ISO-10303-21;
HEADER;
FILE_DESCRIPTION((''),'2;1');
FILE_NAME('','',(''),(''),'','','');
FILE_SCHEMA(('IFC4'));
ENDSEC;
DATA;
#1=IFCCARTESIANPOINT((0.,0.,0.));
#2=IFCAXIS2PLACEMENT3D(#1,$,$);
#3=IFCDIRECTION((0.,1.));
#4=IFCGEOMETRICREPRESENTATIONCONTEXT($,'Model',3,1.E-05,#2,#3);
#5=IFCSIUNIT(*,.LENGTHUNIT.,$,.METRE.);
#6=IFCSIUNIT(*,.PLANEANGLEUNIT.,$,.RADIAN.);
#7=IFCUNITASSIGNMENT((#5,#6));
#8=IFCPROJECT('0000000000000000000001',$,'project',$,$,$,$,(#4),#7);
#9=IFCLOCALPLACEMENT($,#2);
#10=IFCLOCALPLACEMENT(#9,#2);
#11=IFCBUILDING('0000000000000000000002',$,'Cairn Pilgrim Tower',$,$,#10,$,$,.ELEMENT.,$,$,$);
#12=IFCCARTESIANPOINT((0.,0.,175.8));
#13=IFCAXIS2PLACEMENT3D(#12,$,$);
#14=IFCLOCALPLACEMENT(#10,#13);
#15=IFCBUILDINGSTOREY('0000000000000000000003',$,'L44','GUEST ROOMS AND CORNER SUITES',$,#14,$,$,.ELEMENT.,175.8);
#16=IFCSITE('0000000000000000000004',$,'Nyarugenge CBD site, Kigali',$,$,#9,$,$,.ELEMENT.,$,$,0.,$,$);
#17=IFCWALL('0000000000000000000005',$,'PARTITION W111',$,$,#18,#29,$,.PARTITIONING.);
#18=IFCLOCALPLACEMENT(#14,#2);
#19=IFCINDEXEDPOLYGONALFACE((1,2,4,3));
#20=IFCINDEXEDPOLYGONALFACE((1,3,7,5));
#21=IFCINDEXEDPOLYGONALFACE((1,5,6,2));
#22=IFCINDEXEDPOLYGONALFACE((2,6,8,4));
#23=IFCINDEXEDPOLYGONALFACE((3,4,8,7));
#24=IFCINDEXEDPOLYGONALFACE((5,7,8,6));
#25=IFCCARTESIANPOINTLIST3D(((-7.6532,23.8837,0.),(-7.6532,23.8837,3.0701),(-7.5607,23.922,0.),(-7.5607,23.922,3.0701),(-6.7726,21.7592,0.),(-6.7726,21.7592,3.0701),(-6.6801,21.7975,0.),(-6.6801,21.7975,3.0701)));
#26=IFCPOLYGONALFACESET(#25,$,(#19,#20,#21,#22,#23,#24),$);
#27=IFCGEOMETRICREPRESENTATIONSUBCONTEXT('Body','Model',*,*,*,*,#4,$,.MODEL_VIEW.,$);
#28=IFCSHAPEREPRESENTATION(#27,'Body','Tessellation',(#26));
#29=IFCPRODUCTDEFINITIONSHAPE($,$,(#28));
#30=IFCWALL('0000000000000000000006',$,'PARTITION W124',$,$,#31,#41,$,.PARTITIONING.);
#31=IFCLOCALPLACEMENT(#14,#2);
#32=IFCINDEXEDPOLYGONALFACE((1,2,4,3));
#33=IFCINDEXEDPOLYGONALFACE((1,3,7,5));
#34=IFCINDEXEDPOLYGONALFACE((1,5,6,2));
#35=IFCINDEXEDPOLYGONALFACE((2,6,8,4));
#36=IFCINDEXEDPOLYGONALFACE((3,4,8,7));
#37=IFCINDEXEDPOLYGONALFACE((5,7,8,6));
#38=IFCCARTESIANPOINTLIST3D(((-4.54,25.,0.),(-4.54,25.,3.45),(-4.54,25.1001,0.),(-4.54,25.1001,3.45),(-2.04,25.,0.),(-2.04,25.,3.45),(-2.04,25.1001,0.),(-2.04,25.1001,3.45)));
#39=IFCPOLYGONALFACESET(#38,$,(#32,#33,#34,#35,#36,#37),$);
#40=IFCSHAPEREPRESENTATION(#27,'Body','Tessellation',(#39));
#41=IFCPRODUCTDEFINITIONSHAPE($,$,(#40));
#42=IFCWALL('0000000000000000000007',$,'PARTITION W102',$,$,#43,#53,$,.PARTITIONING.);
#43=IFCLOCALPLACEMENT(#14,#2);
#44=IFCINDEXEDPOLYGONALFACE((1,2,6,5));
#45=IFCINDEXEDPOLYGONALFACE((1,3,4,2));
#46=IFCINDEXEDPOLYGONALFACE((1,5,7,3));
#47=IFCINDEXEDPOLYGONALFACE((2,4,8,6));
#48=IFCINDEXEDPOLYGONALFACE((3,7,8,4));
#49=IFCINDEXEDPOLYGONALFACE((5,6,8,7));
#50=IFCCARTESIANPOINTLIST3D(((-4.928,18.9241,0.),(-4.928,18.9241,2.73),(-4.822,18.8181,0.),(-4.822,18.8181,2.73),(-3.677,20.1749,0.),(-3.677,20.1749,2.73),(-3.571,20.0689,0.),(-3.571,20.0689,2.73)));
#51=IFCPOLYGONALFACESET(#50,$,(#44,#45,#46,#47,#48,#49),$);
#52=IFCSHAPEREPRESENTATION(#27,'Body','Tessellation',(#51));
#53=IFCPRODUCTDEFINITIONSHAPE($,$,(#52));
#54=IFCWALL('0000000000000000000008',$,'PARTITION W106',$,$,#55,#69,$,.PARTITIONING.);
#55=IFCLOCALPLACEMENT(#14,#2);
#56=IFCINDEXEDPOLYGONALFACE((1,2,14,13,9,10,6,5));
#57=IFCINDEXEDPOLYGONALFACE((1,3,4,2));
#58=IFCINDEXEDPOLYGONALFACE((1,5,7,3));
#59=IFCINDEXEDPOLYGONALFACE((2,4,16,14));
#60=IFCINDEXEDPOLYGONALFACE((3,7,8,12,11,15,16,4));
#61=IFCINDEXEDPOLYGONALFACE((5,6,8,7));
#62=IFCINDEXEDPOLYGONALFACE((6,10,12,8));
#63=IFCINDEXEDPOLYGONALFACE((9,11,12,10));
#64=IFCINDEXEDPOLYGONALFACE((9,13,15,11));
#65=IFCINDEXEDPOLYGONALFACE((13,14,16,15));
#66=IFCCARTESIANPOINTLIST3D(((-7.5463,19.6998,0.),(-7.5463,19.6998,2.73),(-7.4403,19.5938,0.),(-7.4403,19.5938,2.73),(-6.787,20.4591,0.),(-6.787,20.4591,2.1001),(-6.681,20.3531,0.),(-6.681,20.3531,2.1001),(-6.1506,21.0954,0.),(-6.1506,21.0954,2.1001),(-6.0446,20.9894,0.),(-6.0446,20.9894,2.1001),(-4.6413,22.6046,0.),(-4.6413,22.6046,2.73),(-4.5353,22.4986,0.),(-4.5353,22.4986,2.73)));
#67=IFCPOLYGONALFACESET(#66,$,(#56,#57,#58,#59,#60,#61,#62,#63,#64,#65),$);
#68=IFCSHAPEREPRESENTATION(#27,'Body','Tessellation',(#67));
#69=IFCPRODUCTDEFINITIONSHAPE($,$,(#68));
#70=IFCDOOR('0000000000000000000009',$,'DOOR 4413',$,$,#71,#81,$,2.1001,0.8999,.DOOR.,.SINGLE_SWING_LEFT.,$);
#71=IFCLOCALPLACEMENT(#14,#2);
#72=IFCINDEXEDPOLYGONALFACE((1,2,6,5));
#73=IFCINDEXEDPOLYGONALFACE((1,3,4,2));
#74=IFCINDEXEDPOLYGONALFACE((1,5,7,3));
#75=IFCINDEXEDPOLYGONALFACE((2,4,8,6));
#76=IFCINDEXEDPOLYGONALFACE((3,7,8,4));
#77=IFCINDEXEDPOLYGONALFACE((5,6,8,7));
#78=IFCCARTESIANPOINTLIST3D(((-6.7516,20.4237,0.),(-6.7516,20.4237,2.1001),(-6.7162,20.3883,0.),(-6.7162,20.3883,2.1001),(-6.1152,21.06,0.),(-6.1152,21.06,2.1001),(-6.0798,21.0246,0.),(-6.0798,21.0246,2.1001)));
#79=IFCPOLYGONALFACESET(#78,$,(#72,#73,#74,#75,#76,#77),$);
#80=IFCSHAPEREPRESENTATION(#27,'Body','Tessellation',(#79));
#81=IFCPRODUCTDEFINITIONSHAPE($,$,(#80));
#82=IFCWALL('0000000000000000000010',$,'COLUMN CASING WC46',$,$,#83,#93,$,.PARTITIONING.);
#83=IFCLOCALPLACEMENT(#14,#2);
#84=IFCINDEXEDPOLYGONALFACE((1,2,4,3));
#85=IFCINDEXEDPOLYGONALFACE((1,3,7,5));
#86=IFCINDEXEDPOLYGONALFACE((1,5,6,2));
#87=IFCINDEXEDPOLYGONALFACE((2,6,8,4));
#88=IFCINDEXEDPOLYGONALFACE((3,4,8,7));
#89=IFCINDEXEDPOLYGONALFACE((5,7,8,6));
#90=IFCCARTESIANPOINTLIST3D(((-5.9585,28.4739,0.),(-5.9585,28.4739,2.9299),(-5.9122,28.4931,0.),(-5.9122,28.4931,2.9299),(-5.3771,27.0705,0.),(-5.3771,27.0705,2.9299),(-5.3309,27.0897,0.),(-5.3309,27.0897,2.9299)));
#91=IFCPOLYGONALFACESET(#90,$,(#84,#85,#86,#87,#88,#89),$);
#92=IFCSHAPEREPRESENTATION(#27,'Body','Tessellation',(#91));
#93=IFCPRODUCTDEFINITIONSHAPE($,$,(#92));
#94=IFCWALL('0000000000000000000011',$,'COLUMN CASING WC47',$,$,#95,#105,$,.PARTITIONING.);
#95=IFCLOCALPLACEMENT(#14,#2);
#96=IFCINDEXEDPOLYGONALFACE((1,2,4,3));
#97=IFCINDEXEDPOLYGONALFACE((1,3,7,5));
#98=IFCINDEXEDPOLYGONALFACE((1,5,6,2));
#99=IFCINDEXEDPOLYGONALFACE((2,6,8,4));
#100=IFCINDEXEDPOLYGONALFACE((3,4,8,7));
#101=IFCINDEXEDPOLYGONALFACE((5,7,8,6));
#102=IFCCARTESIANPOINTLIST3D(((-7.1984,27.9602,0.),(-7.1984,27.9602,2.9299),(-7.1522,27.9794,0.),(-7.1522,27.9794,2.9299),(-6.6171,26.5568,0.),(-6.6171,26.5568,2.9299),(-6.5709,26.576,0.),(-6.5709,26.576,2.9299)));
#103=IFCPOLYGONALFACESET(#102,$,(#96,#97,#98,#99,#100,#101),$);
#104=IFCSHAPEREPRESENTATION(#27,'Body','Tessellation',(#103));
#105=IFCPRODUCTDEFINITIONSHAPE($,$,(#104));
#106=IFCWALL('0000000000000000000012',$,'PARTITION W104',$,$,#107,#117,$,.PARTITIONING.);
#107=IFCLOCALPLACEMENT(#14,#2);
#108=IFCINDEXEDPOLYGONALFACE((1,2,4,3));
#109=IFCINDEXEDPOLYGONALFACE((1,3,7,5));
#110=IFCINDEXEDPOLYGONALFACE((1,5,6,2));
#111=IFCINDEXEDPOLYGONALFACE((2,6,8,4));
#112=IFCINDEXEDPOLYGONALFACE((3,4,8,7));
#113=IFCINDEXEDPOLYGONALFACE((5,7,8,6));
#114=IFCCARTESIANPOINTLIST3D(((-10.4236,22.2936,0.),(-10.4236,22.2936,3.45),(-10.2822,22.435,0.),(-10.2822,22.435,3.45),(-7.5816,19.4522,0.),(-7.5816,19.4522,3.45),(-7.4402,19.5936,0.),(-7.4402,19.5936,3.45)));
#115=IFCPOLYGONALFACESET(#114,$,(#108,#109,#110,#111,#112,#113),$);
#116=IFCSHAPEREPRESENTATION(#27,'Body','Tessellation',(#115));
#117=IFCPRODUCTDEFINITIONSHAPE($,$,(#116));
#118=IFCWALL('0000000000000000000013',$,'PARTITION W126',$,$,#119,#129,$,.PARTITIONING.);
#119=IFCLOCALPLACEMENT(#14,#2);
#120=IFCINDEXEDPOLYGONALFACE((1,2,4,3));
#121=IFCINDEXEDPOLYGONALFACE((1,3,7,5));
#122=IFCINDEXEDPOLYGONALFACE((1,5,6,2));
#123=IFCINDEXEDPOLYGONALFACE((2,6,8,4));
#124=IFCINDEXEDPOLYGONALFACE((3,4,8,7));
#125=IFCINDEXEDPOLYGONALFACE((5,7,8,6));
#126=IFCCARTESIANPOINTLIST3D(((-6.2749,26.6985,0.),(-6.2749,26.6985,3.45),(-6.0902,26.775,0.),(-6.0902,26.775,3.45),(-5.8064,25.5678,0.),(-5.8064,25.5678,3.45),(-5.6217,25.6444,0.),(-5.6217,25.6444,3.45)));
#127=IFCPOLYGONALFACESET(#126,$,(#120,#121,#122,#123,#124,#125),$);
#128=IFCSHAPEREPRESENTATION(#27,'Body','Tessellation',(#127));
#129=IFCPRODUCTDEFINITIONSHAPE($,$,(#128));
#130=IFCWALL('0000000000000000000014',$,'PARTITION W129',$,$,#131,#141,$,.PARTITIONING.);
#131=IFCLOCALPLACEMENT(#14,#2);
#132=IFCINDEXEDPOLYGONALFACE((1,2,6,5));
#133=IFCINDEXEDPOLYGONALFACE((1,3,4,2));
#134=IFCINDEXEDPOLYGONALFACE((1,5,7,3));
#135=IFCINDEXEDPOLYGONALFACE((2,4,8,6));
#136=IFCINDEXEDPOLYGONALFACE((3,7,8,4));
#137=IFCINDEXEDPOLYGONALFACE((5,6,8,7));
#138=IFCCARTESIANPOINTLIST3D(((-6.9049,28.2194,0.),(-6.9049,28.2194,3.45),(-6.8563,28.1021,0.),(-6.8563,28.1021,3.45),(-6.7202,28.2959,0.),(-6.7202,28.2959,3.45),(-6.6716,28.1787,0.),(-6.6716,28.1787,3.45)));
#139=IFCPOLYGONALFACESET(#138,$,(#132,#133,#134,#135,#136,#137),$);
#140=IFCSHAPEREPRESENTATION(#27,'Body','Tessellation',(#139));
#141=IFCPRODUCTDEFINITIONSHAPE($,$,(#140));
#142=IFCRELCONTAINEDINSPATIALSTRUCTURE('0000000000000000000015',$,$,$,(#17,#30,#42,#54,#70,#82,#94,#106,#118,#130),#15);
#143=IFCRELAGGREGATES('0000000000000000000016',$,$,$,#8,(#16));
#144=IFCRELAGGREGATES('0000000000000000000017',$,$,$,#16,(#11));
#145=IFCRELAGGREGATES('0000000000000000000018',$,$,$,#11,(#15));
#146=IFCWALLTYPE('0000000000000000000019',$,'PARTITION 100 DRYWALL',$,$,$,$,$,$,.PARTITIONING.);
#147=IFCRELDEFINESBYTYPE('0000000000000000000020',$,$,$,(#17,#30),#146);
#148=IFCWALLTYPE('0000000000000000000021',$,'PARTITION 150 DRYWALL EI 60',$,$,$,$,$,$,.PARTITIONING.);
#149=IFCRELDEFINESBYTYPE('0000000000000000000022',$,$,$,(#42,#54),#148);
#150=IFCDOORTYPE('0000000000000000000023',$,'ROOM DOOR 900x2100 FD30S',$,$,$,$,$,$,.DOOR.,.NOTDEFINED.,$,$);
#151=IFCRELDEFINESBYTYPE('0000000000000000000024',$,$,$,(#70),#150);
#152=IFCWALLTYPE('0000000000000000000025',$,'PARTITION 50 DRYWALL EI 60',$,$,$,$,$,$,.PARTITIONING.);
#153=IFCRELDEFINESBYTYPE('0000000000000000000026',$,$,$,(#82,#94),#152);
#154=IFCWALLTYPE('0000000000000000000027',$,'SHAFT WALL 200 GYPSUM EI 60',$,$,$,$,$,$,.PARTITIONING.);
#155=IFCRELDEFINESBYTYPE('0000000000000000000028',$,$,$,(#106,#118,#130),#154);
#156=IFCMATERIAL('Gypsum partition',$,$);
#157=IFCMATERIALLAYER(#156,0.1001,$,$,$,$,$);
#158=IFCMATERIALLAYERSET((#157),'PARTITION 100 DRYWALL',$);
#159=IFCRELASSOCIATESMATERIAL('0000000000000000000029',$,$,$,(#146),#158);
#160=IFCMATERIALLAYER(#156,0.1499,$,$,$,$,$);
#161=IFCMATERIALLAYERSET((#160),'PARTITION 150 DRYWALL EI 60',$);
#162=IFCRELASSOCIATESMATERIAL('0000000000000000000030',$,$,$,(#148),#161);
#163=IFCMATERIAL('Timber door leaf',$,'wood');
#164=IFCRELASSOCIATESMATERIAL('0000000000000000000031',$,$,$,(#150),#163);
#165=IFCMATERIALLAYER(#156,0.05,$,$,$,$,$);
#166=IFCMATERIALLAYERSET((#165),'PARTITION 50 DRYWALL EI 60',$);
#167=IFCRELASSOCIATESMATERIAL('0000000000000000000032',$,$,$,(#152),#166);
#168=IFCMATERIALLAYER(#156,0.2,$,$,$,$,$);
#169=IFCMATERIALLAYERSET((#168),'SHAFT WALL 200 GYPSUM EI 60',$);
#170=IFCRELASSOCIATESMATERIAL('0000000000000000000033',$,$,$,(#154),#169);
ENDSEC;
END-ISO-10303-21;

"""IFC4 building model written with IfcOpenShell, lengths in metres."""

from ifc_helpers import new_model, si_unit, direction, frame, frame_2d, origin, place, context, subcontext, project, spatial, rectangle, extrude, material, layer, layer_set, type_object, element, fill, save


model = new_model("IFC4")

# Units and contexts
model_context = context("Model", 3, precision=1e-05, world=origin(), true_north=direction((0.0, 1.0)))
body_context = subcontext(model_context, "Body", "Model", "MODEL_VIEW")
ifc_project = project(units=[si_unit("LENGTHUNIT", "METRE"), si_unit("PLANEANGLEUNIT", "RADIAN")], contexts=[model_context])

# Site, building, storey
site_placement = place(None, origin())
site = spatial("IfcSite", under=ifc_project, at=site_placement, Name="Nyarugenge CBD site, Kigali", CompositionType="ELEMENT", RefElevation=0.0)
building_placement = place(site_placement, origin())
building = spatial("IfcBuilding", under=site, at=building_placement, Name="Cairn Pilgrim Tower", CompositionType="ELEMENT")
storey_placement = place(building_placement, frame((0.0, 0.0, 175.8)))
storey = spatial("IfcBuildingStorey", under=building, at=storey_placement, Name="L44", Description="GUEST ROOMS AND CORNER SUITES", CompositionType="ELEMENT", Elevation=175.8)

# Walls
ifc_material_1 = material(Name="Gypsum partition")
ifc_layer_1 = layer(ifc_material_1, 0.1001)
ifc_layer_set_1 = layer_set([ifc_layer_1], Name="PARTITION 100 DRYWALL")
wall_type_1 = type_object("IfcWallType", Name="PARTITION 100 DRYWALL", PredefinedType="PARTITIONING", material=ifc_layer_set_1)
wall_1_placement = place(storey_placement, frame((-6.7263, 21.7783, 0.0), z_axis=(0.0, 0.0, 1.0), x_axis=(-0.382911, 0.923785, 0.0)))
element("IfcWall", 1, at=wall_1_placement, inside=storey, type_object=wall_type_1, Name="PARTITION W111", PredefinedType="PARTITIONING", context=body_context, shape_type="SweptSolid", body=[
    extrude(rectangle(XDim=2.2998, YDim=0.1001, at=frame_2d((1.1499, 0.0))), origin(), (0.0, 0.0, 1.0), 3.0701),
])
wall_2_placement = place(storey_placement, frame((-4.54, 25.05, 0.0), z_axis=(0.0, 0.0, 1.0), x_axis=(1.0, 0.0, 0.0)))
element("IfcWall", 2, at=wall_2_placement, inside=storey, type_object=wall_type_1, Name="PARTITION W124", PredefinedType="PARTITIONING", context=body_context, shape_type="SweptSolid", body=[
    extrude(rectangle(XDim=2.5, YDim=0.1001, at=frame_2d((1.25, 0.0))), origin(), (0.0, 0.0, 1.0), 3.45),
])
ifc_layer_2 = layer(ifc_material_1, 0.1499)
ifc_layer_set_2 = layer_set([ifc_layer_2], Name="PARTITION 150 DRYWALL EI 60")
wall_type_2 = type_object("IfcWallType", Name="PARTITION 150 DRYWALL EI 60", PredefinedType="PARTITIONING", material=ifc_layer_set_2)
wall_3_placement = place(storey_placement, frame((-4.875, 18.8711, 0.0), z_axis=(0.0, 0.0, 1.0), x_axis=(0.707176, 0.707038, 0.0)))
element("IfcWall", 3, at=wall_3_placement, inside=storey, type_object=wall_type_2, Name="PARTITION W102", PredefinedType="PARTITIONING", context=body_context, shape_type="SweptSolid", body=[
    extrude(rectangle(XDim=1.769, YDim=0.1499, at=frame_2d((0.8845, 0.0))), origin(), (0.0, 0.0, 1.0), 2.73),
])

# Wall, opening, door
wall_4_placement = place(storey_placement, frame((-7.4934, 19.6467, 0.0), z_axis=(0.0, 0.0, 1.0), x_axis=(0.707136, 0.707077, 0.0)))
wall_4 = element("IfcWall", 4, at=wall_4_placement, inside=storey, type_object=wall_type_2, Name="PARTITION W106", PredefinedType="PARTITIONING", context=body_context, shape_type="SweptSolid", body=[
    extrude(rectangle(XDim=4.1082, YDim=0.1499, at=frame_2d((2.0542, 0.0))), origin(), (0.0, 0.0, 1.0), 2.73),
])
opening_1_placement = place(wall_4_placement, frame((1.074, 0.0, 0.0)))
opening_1 = element("IfcOpeningElement", 5, at=opening_1_placement, cuts=wall_4, PredefinedType="OPENING", context=body_context, shape_type="SweptSolid", body=[
    extrude(rectangle(XDim=0.8999, YDim=2.1001, at=frame_2d((0.45, 1.05))), frame((0.0, 0.085, 0.0), z_axis=(0.0, -1.0, 0.0), x_axis=(1.0, 0.0, 0.0)), (0.0, 0.0, 1.0), 0.1699),
])
ifc_material_2 = material(Name="Timber door leaf", Category="wood")
door_type_1 = type_object("IfcDoorType", Name="ROOM DOOR 900x2100 FD30S", OperationType="NOTDEFINED", PredefinedType="DOOR", material=ifc_material_2)
door_1_placement = place(opening_1_placement, origin())
door_1 = element("IfcDoor", 6, at=door_1_placement, inside=storey, type_object=door_type_1, Name="DOOR 4413", OperationType="SINGLE_SWING_LEFT", OverallHeight=2.1001, OverallWidth=0.8999, PredefinedType="DOOR", context=body_context, shape_type="SweptSolid", body=[
    extrude(rectangle(XDim=0.8999, YDim=2.1001, at=frame_2d((0.45, 1.05))), frame((0.0, 0.0249, 0.0), z_axis=(0.0, -1.0, 0.0), x_axis=(1.0, 0.0, 0.0)), (0.0, 0.0, 1.0), 0.05),
])
fill(opening_1, door_1)

# Walls
ifc_layer_3 = layer(ifc_material_1, 0.05)
ifc_layer_set_3 = layer_set([ifc_layer_3], Name="PARTITION 50 DRYWALL EI 60")
wall_type_3 = type_object("IfcWallType", Name="PARTITION 50 DRYWALL EI 60", PredefinedType="PARTITIONING", material=ifc_layer_set_3)
for number, where, z_axis, x_axis, name in (
    (7, (-5.354, 27.0801, 0.0), (0.0, 0.0, 1.0), (-0.382697, 0.923874, 0.0), "COLUMN CASING WC46"),
    (8, (-6.594, 26.5664, 0.0), (0.0, 0.0, 1.0), (-0.382697, 0.923874, 0.0), "COLUMN CASING WC47"),
):
    element("IfcWall", number, at=place(storey_placement, frame(where, z_axis=z_axis, x_axis=x_axis)), inside=storey, type_object=wall_type_3, Name=name, PredefinedType="PARTITIONING", context=body_context, shape_type="SweptSolid", body=[
        extrude(rectangle(XDim=1.519, YDim=0.05, at=frame_2d((0.7595, 0.0))), origin(), (0.0, 0.0, 1.0), 2.9299),
    ])
ifc_layer_4 = layer(ifc_material_1, 0.2)
ifc_layer_set_4 = layer_set([ifc_layer_4], Name="SHAFT WALL 200 GYPSUM EI 60")
wall_type_4 = type_object("IfcWallType", Name="SHAFT WALL 200 GYPSUM EI 60", PredefinedType="PARTITIONING", material=ifc_layer_set_4)
wall_5_placement = place(storey_placement, frame((-7.511, 19.5229, 0.0), z_axis=(0.0, 0.0, 1.0), x_axis=(-0.707168, 0.707046, 0.0)))
element("IfcWall", 9, at=wall_5_placement, inside=storey, type_object=wall_type_4, Name="PARTITION W104", PredefinedType="PARTITIONING", context=body_context, shape_type="SweptSolid", body=[
    extrude(rectangle(XDim=4.0188, YDim=0.2, at=frame_2d((2.0093, 0.0))), origin(), (0.0, 0.0, 1.0), 3.45),
])
wall_6_placement = place(storey_placement, frame((-5.7141, 25.6062, 0.0), z_axis=(0.0, 0.0, 1.0), x_axis=(-0.382816, 0.923825, 0.0)))
element("IfcWall", 10, at=wall_6_placement, inside=storey, type_object=wall_type_4, Name="PARTITION W126", PredefinedType="PARTITIONING", context=body_context, shape_type="SweptSolid", body=[
    extrude(rectangle(XDim=1.2239, YDim=0.2, at=frame_2d((0.6118, 0.0))), origin(), (0.0, 0.0, 1.0), 3.45),
])
wall_7_placement = place(storey_placement, frame((-6.7639, 28.1404, 0.0), z_axis=(0.0, 0.0, 1.0), x_axis=(-0.382975, 0.923759, 0.0)))
element("IfcWall", 11, at=wall_7_placement, inside=storey, type_object=wall_type_4, Name="PARTITION W129", PredefinedType="PARTITIONING", context=body_context, shape_type="SweptSolid", body=[
    extrude(rectangle(XDim=0.127, YDim=0.2, at=frame_2d((0.0635, 0.0))), origin(), (0.0, 0.0, 1.0), 3.45),
])

save(model, "model.ifc")
